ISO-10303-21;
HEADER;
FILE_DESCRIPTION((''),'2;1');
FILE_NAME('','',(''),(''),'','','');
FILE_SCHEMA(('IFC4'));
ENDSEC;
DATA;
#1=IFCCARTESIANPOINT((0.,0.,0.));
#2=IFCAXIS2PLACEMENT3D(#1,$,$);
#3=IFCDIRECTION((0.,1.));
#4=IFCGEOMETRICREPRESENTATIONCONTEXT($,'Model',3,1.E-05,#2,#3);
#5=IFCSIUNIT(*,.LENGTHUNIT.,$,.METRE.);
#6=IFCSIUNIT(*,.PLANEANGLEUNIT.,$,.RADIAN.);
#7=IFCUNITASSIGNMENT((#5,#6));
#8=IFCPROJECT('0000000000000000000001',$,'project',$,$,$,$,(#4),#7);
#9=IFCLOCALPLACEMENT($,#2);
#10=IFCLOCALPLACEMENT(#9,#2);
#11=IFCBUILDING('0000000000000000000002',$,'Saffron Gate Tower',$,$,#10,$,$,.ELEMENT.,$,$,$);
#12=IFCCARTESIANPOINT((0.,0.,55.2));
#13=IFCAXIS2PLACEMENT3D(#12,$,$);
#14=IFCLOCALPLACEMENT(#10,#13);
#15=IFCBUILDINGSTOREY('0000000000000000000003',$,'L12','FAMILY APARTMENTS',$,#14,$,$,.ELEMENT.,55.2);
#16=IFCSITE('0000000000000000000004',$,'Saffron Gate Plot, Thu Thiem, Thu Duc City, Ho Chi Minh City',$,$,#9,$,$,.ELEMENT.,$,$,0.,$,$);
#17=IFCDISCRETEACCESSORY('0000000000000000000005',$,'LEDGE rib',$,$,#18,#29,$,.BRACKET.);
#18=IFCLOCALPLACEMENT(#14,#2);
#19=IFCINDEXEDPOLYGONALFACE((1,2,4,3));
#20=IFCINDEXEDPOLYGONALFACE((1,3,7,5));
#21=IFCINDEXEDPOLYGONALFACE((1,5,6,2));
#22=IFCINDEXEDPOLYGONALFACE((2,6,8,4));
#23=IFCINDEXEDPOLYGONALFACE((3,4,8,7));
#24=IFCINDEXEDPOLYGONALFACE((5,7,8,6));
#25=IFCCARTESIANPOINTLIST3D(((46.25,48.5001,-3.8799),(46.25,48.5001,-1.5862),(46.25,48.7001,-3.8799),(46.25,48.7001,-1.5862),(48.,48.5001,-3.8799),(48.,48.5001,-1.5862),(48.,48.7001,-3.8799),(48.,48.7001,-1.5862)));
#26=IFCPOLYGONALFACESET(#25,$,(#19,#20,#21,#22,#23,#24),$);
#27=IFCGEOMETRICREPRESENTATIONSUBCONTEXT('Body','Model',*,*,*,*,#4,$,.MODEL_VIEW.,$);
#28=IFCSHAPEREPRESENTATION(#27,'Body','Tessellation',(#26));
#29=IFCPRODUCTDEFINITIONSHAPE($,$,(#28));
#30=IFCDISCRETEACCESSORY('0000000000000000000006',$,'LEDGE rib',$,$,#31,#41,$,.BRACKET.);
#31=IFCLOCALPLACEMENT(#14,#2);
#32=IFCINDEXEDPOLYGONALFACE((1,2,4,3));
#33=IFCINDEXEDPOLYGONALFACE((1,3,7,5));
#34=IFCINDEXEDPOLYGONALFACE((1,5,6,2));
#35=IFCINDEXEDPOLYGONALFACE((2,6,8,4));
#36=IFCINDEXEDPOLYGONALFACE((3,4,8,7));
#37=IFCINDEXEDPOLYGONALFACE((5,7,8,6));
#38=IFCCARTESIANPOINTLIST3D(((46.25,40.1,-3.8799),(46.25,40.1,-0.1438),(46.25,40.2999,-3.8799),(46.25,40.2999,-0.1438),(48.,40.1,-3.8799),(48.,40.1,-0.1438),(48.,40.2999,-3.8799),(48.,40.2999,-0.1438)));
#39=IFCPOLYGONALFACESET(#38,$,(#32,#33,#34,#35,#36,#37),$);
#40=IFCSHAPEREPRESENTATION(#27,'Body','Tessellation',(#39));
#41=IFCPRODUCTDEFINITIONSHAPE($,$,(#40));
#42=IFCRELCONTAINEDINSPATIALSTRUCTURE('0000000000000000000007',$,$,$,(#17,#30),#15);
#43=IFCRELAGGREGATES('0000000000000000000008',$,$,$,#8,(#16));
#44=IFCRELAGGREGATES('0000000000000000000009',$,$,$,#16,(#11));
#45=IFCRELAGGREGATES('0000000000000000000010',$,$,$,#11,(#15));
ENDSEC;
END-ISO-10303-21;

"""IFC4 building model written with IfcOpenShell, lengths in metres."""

from ifc_helpers import new_model, si_unit, direction, frame, origin, origin_2d, place, context, subcontext, project, spatial, rectangle, extrude, element, save


model = new_model("IFC4")

# Units and contexts
model_context = context("Model", 3, precision=1e-05, world=origin(), true_north=direction((0.0, 1.0)))
body_context = subcontext(model_context, "Body", "Model", "MODEL_VIEW")
ifc_project = project(units=[si_unit("LENGTHUNIT", "METRE"), si_unit("PLANEANGLEUNIT", "RADIAN")], contexts=[model_context])

# Site, building, storey
site_placement = place(None, origin())
site = spatial("IfcSite", under=ifc_project, at=site_placement, Name="Saffron Gate Plot, Thu Thiem, Thu Duc City, Ho Chi Minh City", CompositionType="ELEMENT", RefElevation=0.0)
building_placement = place(site_placement, origin())
building = spatial("IfcBuilding", under=site, at=building_placement, Name="Saffron Gate Tower", CompositionType="ELEMENT")
storey_placement = place(building_placement, frame((0.0, 0.0, 55.2)))
storey = spatial("IfcBuildingStorey", under=building, at=storey_placement, Name="L12", Description="FAMILY APARTMENTS", CompositionType="ELEMENT", Elevation=55.2)

# Discrete accessories
discrete_accessory_1_placement = place(storey_placement, frame((47.125, 48.6001, -3.8799), z_axis=(0.0, 0.0, 1.0), x_axis=(0.0, -1.0, 0.0)))
element("IfcDiscreteAccessory", 1, at=discrete_accessory_1_placement, inside=storey, Name="LEDGE rib", PredefinedType="BRACKET", context=body_context, shape_type="SweptSolid", body=[
    extrude(rectangle(XDim=0.2, YDim=1.75, at=origin_2d()), origin(), (0.0, 0.0, 1.0), 2.2937),
])
discrete_accessory_2_placement = place(storey_placement, frame((47.125, 40.2, -3.8799), z_axis=(0.0, 0.0, 1.0), x_axis=(0.0, -1.0, 0.0)))
element("IfcDiscreteAccessory", 2, at=discrete_accessory_2_placement, inside=storey, Name="LEDGE rib", PredefinedType="BRACKET", context=body_context, shape_type="SweptSolid", body=[
    extrude(rectangle(XDim=0.2, YDim=1.75, at=origin_2d()), origin(), (0.0, 0.0, 1.0), 3.7361),
])

save(model, "model.ifc")
